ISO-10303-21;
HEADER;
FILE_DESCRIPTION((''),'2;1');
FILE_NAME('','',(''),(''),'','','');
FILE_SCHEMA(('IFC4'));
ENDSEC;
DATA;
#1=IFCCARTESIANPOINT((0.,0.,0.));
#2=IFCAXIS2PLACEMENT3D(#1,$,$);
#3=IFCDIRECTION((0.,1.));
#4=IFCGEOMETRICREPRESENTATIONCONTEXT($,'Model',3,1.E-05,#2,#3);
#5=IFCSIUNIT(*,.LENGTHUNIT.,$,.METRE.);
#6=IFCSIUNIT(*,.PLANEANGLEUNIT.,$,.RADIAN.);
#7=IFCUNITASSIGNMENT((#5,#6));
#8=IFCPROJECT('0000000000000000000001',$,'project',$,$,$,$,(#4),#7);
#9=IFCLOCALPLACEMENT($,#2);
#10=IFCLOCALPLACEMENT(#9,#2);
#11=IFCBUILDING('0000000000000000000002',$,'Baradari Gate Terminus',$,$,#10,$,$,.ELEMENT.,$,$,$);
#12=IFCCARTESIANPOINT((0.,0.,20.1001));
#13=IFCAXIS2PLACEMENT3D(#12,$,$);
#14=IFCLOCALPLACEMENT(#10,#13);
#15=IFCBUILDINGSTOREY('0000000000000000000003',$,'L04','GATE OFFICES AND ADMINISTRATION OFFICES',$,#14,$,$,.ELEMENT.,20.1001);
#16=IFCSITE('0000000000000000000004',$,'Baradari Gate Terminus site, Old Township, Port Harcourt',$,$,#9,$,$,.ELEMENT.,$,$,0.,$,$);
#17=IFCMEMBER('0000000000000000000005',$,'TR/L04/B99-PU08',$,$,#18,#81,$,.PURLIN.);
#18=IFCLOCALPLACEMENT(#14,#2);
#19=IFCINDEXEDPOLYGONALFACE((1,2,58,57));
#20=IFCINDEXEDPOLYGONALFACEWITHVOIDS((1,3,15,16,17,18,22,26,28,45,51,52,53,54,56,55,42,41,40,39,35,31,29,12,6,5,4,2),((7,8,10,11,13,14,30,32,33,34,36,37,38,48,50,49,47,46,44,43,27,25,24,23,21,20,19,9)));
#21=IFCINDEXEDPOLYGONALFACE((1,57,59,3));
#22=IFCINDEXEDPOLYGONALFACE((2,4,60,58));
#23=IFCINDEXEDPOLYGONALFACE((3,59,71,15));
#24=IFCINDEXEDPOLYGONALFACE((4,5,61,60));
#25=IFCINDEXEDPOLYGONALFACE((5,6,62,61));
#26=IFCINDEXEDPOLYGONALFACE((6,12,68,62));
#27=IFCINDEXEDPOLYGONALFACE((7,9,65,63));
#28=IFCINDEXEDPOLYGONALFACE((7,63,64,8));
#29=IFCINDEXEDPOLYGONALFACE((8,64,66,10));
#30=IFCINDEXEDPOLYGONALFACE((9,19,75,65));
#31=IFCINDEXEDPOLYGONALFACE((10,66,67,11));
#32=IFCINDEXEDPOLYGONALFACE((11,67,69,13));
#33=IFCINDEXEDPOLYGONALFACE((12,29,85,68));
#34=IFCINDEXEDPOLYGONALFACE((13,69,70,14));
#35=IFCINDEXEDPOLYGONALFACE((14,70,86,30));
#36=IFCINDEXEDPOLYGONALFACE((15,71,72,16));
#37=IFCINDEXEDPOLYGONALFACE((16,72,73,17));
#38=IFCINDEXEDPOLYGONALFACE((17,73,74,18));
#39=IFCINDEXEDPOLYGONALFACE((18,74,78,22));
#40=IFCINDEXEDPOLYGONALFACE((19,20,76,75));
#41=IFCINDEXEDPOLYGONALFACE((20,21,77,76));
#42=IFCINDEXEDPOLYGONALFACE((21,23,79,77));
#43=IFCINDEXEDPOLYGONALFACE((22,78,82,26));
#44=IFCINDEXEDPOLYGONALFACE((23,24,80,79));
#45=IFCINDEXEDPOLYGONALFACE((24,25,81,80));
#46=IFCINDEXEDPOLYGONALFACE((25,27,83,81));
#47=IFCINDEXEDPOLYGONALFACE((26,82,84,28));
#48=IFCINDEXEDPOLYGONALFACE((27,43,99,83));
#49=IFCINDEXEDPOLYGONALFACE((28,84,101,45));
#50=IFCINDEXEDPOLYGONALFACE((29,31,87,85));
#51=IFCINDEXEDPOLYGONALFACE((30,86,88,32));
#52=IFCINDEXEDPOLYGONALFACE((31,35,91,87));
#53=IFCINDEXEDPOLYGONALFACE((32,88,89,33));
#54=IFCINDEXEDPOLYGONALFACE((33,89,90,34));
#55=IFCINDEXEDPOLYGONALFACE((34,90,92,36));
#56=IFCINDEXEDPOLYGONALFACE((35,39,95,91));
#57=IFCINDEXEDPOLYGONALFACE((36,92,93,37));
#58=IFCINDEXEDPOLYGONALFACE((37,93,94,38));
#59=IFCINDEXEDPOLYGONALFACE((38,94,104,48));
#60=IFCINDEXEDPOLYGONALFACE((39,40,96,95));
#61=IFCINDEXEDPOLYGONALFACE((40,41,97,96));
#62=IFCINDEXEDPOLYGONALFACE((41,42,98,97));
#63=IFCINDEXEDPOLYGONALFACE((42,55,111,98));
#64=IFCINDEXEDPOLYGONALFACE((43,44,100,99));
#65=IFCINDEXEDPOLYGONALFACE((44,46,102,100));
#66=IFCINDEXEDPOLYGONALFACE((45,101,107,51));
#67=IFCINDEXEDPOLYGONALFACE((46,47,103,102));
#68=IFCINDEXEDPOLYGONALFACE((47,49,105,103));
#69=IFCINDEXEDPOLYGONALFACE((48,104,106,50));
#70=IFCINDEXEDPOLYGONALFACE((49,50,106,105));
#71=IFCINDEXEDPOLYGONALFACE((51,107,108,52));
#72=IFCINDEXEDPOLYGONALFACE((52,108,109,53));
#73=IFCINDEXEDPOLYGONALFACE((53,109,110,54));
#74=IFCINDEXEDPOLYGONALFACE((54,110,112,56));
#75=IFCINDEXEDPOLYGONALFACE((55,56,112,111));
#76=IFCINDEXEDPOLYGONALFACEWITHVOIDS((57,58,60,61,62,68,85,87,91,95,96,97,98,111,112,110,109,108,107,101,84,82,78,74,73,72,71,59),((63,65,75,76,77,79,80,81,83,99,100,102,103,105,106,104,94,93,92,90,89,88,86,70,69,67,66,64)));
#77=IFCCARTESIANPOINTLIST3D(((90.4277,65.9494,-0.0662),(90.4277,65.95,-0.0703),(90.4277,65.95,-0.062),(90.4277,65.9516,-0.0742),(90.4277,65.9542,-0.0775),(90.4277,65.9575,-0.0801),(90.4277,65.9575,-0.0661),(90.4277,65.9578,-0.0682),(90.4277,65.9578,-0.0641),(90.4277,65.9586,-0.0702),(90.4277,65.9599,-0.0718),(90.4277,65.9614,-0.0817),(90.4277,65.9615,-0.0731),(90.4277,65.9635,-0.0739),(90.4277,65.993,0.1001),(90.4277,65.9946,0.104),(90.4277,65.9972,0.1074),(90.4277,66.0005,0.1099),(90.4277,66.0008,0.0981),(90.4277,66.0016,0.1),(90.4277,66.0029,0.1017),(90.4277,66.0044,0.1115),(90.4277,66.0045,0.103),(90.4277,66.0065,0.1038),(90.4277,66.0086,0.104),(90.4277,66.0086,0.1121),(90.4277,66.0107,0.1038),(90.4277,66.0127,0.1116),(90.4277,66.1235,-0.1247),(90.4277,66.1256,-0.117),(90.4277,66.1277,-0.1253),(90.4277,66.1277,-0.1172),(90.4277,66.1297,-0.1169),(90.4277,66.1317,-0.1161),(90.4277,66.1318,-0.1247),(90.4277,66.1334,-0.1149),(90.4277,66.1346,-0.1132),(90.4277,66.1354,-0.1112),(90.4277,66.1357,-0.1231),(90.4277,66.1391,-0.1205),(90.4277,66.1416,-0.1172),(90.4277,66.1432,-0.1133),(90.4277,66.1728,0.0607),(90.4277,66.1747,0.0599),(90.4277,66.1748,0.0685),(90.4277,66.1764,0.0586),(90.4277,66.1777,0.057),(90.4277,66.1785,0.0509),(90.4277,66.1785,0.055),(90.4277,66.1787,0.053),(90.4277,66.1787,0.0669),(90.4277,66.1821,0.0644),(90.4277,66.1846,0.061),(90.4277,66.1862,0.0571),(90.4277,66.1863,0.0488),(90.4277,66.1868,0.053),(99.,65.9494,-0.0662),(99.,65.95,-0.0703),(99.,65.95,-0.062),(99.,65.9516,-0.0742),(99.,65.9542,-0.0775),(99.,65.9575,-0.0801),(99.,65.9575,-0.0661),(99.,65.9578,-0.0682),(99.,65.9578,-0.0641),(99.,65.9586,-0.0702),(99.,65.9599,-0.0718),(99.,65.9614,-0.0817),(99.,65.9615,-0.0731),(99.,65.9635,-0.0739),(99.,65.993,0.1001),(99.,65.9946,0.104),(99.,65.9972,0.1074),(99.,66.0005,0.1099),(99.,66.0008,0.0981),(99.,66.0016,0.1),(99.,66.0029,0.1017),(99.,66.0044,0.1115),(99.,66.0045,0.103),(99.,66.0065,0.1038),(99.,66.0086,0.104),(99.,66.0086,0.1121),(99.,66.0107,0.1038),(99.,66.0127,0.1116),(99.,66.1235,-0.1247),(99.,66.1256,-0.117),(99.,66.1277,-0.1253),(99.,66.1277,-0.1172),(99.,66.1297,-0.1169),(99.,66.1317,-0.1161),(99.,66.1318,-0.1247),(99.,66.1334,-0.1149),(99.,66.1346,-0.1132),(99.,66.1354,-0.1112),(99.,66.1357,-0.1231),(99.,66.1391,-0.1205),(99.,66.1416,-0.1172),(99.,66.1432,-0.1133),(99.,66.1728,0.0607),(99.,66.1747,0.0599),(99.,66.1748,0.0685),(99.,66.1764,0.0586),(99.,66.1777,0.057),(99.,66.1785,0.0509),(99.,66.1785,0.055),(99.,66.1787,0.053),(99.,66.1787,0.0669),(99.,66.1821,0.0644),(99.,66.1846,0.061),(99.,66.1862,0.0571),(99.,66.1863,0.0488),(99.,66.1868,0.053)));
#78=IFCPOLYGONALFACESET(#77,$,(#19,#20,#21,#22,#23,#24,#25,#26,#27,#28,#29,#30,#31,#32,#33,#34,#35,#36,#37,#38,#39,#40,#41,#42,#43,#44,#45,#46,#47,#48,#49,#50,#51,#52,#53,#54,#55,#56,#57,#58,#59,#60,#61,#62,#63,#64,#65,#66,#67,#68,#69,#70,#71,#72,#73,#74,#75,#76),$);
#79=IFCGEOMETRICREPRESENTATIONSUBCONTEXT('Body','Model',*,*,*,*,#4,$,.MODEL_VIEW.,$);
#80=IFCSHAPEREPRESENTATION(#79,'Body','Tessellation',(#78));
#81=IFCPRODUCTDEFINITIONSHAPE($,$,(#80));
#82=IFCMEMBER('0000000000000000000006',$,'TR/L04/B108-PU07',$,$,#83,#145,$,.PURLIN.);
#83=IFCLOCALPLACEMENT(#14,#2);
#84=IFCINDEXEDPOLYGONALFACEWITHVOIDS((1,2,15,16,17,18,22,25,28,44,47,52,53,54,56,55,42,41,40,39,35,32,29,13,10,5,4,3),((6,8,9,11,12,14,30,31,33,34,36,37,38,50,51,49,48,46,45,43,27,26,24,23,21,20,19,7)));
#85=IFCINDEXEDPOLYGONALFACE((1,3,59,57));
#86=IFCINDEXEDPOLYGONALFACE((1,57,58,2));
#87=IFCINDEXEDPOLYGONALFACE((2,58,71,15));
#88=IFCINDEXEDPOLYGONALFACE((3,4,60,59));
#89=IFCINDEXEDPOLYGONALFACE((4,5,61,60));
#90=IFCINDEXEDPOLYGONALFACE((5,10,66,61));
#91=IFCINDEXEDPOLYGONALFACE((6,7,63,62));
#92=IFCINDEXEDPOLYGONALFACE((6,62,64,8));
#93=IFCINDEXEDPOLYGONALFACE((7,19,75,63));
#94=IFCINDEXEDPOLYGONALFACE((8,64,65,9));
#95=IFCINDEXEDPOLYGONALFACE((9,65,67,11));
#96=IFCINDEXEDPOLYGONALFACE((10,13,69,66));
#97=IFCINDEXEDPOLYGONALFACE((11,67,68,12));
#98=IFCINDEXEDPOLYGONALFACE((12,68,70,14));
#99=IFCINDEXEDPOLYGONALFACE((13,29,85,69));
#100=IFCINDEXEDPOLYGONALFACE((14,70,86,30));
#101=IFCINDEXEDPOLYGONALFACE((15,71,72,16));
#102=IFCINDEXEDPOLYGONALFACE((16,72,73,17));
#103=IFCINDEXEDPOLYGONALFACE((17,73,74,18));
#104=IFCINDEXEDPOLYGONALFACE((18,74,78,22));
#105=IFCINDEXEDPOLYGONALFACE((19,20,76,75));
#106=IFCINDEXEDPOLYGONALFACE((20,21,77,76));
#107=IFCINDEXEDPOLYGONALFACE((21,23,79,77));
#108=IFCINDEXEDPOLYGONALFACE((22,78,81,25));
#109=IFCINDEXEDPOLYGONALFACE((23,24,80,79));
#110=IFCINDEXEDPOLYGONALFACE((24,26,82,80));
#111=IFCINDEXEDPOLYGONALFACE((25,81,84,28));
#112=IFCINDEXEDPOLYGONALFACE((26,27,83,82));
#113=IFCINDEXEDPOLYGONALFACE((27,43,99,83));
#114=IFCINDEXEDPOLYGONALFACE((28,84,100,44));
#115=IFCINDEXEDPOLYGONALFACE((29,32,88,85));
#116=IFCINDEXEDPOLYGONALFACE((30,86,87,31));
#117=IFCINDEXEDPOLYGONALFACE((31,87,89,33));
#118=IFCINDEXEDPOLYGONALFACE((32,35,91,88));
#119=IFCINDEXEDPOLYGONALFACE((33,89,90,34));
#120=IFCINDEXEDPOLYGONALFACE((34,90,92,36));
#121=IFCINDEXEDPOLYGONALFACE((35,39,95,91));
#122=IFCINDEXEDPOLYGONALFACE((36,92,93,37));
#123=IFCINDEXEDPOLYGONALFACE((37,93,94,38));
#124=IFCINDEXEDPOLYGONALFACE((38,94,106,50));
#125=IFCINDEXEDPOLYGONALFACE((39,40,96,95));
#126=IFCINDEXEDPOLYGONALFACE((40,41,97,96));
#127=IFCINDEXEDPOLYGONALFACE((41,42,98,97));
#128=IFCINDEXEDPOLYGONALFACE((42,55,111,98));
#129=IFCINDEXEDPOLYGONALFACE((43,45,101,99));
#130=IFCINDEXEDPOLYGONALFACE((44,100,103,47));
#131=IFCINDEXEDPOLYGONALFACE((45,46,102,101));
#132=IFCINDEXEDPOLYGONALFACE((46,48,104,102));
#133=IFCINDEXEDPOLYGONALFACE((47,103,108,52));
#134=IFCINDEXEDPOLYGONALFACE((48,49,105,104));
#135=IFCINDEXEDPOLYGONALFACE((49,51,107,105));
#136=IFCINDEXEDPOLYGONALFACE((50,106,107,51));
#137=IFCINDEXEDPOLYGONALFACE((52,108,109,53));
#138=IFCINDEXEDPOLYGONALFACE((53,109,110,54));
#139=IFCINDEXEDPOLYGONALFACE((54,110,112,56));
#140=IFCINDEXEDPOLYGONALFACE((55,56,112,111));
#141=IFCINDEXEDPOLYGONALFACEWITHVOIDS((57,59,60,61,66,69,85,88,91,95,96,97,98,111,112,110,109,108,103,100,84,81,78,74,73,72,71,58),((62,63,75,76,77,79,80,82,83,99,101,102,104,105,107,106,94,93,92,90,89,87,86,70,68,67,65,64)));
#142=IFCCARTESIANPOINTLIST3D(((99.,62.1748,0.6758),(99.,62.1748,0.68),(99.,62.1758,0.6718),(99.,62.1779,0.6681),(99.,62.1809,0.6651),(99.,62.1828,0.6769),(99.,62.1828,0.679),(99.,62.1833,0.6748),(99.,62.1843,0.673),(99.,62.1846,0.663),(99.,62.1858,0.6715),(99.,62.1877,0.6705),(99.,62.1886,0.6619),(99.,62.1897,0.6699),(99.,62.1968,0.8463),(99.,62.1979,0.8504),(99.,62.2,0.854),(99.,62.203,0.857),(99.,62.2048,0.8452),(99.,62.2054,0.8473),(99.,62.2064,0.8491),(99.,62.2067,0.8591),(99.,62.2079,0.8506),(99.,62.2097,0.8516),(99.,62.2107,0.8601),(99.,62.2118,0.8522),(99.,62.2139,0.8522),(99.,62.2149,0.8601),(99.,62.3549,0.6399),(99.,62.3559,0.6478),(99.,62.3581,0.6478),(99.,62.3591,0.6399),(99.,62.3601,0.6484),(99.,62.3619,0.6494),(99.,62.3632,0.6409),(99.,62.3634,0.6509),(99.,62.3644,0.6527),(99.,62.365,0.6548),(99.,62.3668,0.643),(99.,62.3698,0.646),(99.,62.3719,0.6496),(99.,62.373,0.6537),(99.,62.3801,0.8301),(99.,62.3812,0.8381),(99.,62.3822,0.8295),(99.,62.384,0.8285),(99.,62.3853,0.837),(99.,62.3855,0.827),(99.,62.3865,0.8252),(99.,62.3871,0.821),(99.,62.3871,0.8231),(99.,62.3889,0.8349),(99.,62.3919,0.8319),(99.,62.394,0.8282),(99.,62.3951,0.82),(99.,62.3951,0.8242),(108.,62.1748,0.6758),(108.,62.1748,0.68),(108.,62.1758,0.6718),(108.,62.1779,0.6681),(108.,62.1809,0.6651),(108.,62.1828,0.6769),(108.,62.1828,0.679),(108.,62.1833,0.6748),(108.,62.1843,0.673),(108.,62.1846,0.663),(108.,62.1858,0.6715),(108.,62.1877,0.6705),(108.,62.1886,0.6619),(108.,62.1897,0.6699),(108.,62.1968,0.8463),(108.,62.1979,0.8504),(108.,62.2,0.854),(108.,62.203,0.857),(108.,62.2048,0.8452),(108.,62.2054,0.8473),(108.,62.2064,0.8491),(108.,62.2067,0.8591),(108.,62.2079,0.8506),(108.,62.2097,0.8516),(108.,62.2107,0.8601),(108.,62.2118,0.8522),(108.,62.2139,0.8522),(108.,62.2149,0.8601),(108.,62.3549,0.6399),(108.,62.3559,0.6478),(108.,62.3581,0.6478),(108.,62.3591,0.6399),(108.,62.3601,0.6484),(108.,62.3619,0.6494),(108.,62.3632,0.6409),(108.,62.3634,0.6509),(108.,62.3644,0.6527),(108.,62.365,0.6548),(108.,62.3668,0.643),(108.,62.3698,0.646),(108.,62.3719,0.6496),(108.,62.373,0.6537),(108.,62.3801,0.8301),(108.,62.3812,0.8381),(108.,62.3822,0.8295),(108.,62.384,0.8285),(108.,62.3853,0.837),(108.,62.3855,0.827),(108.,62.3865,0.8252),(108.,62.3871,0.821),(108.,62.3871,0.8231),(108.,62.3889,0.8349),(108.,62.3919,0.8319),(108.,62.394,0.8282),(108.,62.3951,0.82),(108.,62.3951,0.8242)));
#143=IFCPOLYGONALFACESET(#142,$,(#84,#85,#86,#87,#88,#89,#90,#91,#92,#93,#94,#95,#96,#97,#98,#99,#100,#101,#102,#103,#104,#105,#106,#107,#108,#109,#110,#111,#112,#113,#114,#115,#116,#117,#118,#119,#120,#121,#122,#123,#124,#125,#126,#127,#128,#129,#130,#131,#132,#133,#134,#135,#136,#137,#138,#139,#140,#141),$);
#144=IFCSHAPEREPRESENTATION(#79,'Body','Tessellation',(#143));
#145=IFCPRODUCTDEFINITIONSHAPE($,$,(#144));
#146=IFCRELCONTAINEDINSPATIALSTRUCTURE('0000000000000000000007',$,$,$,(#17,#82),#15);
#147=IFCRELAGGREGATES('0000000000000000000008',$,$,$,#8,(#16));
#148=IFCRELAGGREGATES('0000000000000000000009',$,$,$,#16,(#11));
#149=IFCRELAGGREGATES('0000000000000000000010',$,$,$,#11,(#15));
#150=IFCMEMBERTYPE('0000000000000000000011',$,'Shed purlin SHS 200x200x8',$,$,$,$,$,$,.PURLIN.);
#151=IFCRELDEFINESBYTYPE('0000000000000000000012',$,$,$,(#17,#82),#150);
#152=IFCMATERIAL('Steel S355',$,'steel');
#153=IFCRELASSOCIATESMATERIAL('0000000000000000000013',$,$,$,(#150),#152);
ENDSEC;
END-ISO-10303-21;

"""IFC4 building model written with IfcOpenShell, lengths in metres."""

from ifc_helpers import new_model, si_unit, direction, frame, origin, origin_2d, place, context, subcontext, project, spatial, hollow_rectangle, extrude, material, material_profile, profile_set, type_object, element, save


model = new_model("IFC4")

# Units and contexts
model_context = context("Model", 3, precision=1e-05, world=origin(), true_north=direction((0.0, 1.0)))
body_context = subcontext(model_context, "Body", "Model", "MODEL_VIEW")
ifc_project = project(units=[si_unit("LENGTHUNIT", "METRE"), si_unit("PLANEANGLEUNIT", "RADIAN")], contexts=[model_context])

# Site, building, storey
site_placement = place(None, origin())
site = spatial("IfcSite", under=ifc_project, at=site_placement, Name="Baradari Gate Terminus site, Old Township, Port Harcourt", CompositionType="ELEMENT", RefElevation=0.0)
building_placement = place(site_placement, origin())
building = spatial("IfcBuilding", under=site, at=building_placement, Name="Baradari Gate Terminus", CompositionType="ELEMENT")
storey_placement = place(building_placement, frame((0.0, 0.0, 20.1001)))
storey = spatial("IfcBuildingStorey", under=building, at=storey_placement, Name="L04", Description="GATE OFFICES AND ADMINISTRATION OFFICES", CompositionType="ELEMENT", Elevation=20.1001)

# Members
ifc_material_1 = material(Name="Steel S355", Category="steel")
ifc_material_profile_1 = material_profile(ifc_material_1, hollow_rectangle(XDim=0.2, YDim=0.2, WallThickness=0.0081, InnerFilletRadius=0.0081, OuterFilletRadius=0.0161, at=origin_2d()), Name="SHS 200x200x8")
ifc_profile_set_1 = profile_set([ifc_material_profile_1], Name="Steel S355")
member_type_1 = type_object("IfcMemberType", Name="Shed purlin SHS 200x200x8", PredefinedType="PURLIN", material=ifc_profile_set_1)
for number, where, z_axis, x_axis, name in (
    (1, (90.4277, 66.0681, -0.0066), (1.0, 0.0, 0.0), (0.0, 0.9665, -0.256668), "TR/L04/B99-PU08"),
):
    element("IfcMember", number, at=place(storey_placement, frame(where, z_axis=z_axis, x_axis=x_axis)), inside=storey, type_object=member_type_1, Name=name, PredefinedType="PURLIN", context=body_context, shape_type="SweptSolid", body=[
        extrude(hollow_rectangle(XDim=0.2, YDim=0.2, WallThickness=0.0081, InnerFilletRadius=0.0081, OuterFilletRadius=0.0161, at=origin_2d()), origin(), (0.0, 0.0, 1.0), 8.5723),
    ])
for number, where, z_axis, x_axis, name in (
    (2, (99.0, 62.2849, 0.75), (1.0, 0.0, 0.0), (0.0, 0.991303, -0.131599), "TR/L04/B108-PU07"),
):
    element("IfcMember", number, at=place(storey_placement, frame(where, z_axis=z_axis, x_axis=x_axis)), inside=storey, type_object=member_type_1, Name=name, PredefinedType="PURLIN", context=body_context, shape_type="SweptSolid", body=[
        extrude(hollow_rectangle(XDim=0.2, YDim=0.2, WallThickness=0.0081, InnerFilletRadius=0.0081, OuterFilletRadius=0.0161, at=origin_2d()), origin(), (0.0, 0.0, 1.0), 9.0),
    ])

save(model, "model.ifc")
